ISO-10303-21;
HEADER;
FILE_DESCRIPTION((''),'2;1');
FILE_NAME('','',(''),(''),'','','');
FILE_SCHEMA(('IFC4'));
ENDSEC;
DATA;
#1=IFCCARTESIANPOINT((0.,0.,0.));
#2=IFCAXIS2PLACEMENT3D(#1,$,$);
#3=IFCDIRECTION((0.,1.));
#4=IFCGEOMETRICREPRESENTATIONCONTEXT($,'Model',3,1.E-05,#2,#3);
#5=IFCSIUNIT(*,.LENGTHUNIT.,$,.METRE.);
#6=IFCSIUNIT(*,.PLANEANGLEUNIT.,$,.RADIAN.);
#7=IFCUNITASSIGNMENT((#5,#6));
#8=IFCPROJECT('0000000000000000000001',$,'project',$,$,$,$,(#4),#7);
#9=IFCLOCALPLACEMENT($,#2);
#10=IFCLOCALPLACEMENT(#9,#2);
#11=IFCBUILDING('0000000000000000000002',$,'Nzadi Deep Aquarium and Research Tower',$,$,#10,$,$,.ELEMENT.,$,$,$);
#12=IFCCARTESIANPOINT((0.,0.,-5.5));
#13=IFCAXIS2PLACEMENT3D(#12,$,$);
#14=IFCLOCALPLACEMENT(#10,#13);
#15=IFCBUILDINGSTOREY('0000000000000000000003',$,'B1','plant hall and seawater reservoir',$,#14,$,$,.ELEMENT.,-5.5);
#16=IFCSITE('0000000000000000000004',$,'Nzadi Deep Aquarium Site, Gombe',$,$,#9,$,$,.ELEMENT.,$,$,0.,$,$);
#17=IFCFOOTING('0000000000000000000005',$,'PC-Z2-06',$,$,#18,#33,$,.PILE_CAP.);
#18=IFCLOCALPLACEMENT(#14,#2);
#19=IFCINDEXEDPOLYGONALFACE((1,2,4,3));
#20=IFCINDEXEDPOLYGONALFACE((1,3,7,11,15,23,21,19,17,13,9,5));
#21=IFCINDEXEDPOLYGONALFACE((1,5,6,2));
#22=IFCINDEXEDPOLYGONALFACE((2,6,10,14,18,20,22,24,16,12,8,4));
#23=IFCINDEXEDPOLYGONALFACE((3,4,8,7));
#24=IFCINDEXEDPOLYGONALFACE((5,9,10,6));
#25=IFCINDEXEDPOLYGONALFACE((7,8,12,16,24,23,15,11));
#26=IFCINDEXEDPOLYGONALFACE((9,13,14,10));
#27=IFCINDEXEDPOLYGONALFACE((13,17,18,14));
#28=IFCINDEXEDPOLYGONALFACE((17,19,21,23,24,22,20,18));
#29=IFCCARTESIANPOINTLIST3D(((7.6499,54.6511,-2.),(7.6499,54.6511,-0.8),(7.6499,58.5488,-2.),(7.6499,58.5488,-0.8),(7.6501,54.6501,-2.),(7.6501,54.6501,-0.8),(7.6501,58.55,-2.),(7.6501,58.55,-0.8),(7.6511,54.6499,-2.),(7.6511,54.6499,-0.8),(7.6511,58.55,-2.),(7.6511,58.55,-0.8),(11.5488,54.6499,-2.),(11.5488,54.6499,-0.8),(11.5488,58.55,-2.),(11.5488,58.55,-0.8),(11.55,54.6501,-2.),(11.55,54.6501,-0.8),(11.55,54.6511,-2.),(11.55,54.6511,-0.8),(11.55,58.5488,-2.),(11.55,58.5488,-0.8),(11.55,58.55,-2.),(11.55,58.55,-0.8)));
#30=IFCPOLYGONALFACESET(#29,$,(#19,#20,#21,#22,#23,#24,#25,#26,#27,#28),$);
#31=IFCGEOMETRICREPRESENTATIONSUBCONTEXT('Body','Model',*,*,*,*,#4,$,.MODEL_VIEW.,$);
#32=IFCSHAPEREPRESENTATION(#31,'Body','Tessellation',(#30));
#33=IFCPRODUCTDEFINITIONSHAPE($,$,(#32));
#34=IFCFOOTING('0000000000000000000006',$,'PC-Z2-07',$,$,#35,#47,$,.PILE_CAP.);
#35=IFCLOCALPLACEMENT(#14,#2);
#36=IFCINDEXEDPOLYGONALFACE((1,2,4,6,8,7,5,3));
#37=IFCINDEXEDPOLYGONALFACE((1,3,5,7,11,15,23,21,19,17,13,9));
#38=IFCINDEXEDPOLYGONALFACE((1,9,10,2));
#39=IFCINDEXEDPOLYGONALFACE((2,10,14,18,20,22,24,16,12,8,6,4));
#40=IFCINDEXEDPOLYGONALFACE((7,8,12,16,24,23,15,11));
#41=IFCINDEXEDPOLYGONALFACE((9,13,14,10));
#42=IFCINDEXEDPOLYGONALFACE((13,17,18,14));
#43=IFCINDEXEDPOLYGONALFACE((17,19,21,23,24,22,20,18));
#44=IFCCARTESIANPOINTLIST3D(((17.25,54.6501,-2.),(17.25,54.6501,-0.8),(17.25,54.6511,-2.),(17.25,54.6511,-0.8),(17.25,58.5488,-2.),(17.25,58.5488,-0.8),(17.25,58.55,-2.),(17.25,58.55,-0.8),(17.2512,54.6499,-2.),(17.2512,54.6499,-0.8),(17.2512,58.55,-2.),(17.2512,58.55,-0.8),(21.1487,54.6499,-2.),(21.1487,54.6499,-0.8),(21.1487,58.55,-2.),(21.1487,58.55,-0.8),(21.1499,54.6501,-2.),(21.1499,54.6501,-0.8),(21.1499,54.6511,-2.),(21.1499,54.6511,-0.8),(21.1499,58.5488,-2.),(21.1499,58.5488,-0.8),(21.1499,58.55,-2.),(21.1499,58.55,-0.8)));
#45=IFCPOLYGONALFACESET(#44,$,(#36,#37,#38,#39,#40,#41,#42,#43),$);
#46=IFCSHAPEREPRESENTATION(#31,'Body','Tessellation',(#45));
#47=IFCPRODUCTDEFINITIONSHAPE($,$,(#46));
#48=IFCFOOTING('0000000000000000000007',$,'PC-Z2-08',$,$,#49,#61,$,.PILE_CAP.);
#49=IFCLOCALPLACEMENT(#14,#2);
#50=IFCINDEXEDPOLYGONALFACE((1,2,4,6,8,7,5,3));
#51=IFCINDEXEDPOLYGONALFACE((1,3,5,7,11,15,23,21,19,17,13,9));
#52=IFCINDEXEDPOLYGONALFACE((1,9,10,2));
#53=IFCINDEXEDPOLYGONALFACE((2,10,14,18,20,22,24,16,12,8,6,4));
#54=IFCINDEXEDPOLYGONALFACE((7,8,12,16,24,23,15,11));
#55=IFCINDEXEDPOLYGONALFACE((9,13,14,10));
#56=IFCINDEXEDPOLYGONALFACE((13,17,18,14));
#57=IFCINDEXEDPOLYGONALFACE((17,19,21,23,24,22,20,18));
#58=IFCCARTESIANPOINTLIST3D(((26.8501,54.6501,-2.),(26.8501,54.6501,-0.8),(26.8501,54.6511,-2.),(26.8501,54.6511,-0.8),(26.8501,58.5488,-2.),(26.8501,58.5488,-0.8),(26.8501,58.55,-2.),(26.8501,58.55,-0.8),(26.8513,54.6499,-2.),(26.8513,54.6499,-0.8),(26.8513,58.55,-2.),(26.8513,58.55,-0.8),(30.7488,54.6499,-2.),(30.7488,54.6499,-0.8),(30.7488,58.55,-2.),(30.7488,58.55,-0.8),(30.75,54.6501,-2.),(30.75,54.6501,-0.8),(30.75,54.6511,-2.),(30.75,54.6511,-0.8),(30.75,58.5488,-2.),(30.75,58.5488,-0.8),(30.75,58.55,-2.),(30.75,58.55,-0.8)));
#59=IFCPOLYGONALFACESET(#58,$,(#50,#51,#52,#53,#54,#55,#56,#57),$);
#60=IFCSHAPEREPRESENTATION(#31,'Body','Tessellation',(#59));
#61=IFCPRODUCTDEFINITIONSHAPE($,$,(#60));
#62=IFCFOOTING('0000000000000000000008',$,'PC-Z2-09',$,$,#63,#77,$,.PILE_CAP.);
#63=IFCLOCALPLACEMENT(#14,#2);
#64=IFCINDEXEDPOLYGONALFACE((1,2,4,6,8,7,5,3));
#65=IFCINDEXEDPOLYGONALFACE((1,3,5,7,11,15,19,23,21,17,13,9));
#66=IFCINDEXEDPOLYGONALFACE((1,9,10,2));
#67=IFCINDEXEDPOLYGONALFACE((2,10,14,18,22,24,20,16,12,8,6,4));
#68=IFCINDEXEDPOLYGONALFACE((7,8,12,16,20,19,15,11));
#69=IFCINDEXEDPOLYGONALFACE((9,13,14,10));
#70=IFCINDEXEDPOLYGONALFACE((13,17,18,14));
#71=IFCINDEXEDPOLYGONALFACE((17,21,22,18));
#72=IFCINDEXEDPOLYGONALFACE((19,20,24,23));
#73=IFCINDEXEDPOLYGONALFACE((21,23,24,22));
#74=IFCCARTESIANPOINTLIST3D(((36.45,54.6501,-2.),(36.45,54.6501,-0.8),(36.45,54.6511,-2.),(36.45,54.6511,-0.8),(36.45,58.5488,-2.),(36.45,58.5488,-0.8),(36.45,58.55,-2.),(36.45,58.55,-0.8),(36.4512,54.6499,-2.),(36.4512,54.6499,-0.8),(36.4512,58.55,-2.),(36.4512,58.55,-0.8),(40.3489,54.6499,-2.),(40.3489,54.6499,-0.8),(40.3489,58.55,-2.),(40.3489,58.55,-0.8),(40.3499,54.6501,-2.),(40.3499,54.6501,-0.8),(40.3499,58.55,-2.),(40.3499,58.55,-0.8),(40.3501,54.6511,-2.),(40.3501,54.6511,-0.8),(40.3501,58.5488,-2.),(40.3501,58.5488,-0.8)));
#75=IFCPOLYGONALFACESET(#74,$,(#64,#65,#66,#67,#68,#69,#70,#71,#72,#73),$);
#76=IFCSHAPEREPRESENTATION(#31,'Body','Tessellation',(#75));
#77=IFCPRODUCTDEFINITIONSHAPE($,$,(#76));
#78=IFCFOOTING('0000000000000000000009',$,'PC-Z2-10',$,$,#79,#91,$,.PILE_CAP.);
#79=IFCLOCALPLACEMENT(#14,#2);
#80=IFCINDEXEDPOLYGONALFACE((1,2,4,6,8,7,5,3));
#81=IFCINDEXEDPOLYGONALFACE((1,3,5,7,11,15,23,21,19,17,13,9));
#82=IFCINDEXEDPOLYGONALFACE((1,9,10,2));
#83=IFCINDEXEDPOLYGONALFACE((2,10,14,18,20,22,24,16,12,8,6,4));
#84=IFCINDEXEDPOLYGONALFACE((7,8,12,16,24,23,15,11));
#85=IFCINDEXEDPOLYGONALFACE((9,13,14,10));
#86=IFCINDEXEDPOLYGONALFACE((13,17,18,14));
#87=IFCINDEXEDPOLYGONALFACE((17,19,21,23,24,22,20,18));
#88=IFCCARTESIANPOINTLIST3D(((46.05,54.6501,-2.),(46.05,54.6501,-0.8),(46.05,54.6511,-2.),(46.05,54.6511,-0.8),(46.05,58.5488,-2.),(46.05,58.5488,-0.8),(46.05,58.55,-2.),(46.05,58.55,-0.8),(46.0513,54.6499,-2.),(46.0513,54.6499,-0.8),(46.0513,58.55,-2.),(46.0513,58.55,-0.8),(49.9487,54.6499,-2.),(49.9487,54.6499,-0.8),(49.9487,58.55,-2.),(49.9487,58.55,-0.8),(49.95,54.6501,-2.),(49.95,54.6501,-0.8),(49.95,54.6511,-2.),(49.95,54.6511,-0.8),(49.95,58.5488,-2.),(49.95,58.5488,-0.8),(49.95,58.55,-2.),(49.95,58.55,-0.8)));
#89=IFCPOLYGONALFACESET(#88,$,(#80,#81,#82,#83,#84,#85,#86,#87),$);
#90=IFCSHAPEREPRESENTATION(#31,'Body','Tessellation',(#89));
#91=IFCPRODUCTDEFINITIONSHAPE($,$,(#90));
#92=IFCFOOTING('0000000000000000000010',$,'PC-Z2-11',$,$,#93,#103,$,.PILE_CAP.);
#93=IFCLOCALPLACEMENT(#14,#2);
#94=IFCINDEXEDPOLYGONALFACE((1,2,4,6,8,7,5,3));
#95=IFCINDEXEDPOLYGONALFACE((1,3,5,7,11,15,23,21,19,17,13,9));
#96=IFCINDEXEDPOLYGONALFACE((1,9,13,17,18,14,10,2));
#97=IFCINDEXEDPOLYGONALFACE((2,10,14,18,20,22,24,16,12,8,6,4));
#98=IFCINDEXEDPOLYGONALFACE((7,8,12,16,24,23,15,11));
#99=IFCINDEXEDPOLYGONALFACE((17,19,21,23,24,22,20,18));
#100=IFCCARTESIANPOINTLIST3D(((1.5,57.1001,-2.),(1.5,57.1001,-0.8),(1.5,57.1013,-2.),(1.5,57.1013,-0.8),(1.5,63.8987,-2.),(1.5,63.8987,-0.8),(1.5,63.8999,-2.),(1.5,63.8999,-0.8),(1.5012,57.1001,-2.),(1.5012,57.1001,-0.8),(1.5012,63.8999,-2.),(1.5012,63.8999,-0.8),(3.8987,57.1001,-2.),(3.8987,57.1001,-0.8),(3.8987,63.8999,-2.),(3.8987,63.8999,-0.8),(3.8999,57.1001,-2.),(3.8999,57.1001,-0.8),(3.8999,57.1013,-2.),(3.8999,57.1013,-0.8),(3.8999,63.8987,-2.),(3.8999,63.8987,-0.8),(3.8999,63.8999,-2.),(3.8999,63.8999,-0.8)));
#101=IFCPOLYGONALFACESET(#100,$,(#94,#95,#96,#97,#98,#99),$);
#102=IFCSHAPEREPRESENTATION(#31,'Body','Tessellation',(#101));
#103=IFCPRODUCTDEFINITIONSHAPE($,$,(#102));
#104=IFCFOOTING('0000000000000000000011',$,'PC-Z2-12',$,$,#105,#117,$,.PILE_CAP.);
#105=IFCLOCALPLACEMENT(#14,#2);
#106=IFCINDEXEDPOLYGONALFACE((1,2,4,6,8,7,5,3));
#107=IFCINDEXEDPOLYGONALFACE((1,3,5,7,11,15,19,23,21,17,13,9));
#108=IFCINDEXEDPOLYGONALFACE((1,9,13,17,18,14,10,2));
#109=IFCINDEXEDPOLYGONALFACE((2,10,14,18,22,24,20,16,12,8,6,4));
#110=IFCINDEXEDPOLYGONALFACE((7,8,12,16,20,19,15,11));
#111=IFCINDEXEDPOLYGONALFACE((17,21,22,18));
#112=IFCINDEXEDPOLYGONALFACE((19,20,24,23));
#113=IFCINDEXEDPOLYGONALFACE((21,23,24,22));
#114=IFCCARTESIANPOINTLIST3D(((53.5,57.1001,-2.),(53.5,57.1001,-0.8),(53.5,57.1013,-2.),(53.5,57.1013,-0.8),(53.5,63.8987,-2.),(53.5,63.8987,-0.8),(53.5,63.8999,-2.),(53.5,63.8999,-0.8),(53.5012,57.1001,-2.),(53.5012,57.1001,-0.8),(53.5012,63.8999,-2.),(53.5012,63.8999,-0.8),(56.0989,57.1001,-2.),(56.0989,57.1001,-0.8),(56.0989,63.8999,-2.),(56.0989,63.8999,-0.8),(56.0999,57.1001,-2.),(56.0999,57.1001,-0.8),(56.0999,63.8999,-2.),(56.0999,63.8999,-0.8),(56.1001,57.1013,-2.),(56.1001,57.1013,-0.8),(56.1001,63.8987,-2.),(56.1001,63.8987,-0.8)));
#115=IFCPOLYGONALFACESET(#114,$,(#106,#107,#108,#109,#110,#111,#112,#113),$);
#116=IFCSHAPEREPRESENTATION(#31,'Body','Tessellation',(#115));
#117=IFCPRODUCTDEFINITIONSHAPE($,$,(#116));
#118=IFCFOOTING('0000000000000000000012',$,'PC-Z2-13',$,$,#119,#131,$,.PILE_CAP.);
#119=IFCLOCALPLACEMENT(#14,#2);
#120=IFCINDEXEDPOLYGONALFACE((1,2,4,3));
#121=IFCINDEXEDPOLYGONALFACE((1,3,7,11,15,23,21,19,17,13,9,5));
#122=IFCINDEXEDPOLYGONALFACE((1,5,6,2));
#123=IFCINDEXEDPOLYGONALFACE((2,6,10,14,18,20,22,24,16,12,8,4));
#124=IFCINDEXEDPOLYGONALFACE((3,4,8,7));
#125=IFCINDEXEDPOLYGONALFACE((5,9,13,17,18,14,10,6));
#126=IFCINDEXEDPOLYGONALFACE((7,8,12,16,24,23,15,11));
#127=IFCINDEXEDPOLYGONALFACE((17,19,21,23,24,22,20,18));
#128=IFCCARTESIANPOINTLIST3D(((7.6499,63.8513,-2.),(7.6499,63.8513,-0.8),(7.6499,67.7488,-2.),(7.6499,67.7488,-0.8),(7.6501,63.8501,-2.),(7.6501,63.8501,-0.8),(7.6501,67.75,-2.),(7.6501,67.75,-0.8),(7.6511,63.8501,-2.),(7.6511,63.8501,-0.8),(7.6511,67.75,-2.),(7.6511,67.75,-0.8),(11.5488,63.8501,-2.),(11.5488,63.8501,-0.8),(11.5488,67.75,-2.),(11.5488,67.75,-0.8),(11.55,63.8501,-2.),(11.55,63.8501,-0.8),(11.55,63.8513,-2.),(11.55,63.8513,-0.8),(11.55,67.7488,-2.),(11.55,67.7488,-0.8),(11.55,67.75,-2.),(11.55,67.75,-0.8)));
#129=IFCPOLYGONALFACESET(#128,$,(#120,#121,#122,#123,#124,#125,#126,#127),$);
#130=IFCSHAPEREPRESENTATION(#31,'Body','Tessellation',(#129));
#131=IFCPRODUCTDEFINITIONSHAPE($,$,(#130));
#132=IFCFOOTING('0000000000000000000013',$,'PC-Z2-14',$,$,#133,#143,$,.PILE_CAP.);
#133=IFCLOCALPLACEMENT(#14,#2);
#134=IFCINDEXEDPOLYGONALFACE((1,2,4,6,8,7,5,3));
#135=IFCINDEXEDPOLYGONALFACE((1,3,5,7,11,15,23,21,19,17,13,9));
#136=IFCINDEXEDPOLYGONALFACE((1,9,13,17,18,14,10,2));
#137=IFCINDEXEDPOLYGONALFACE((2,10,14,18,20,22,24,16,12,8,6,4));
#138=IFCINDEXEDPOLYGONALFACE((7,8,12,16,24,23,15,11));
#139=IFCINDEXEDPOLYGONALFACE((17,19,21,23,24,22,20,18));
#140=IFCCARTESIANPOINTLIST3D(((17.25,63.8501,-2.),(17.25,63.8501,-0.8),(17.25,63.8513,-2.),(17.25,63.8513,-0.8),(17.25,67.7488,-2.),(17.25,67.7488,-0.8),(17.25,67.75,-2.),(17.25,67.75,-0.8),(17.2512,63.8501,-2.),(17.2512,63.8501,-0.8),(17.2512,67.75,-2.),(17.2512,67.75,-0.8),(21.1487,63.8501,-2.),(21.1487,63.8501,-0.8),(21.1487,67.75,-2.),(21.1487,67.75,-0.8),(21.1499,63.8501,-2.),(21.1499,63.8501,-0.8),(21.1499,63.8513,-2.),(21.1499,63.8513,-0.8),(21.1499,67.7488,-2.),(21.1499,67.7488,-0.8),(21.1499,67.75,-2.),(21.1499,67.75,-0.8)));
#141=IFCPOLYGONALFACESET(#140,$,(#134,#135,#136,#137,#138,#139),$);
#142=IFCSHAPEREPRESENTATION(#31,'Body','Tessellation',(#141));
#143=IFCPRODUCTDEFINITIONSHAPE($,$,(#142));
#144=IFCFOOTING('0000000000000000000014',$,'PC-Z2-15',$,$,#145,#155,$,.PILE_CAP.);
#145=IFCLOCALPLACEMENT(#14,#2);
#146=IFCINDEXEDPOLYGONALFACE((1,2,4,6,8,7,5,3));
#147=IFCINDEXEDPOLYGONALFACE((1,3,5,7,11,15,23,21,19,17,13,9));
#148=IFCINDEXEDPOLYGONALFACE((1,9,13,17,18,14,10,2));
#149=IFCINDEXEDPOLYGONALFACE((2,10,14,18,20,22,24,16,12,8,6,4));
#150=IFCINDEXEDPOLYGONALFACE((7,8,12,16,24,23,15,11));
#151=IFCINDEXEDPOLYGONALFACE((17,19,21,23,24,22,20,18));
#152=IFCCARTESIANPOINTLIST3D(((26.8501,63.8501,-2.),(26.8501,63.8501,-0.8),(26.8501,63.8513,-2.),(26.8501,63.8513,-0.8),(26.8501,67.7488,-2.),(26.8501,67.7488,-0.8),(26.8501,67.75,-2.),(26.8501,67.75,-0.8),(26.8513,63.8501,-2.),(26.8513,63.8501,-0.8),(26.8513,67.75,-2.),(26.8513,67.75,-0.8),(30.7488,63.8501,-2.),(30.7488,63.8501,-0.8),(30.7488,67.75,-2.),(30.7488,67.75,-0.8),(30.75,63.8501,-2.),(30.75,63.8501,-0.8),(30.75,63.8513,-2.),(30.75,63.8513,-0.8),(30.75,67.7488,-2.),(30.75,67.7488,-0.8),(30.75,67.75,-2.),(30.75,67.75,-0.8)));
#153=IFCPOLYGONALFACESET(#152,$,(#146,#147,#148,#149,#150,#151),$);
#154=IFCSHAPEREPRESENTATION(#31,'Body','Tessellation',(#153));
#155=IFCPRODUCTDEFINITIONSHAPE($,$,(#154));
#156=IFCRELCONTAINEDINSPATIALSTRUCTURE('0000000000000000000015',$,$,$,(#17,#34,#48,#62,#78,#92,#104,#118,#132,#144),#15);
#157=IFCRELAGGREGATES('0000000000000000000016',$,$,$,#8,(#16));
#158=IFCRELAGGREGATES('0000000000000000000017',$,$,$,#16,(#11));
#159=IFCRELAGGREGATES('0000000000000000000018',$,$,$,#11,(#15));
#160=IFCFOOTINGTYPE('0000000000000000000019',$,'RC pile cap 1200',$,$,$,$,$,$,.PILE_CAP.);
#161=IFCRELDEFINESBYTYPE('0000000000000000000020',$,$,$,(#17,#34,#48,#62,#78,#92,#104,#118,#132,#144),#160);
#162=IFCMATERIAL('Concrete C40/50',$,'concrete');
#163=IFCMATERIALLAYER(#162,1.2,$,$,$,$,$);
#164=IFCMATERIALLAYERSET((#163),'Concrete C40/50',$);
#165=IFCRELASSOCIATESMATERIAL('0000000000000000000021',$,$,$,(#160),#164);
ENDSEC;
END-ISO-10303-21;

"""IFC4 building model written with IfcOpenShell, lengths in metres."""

from ifc_helpers import new_model, si_unit, direction, frame, origin, place, context, subcontext, project, spatial, polyline, outline, extrude, material, layer, layer_set, type_object, element, save


model = new_model("IFC4")

# Units and contexts
model_context = context("Model", 3, precision=1e-05, world=origin(), true_north=direction((0.0, 1.0)))
body_context = subcontext(model_context, "Body", "Model", "MODEL_VIEW")
ifc_project = project(units=[si_unit("LENGTHUNIT", "METRE"), si_unit("PLANEANGLEUNIT", "RADIAN")], contexts=[model_context])

# Site, building, storey
site_placement = place(None, origin())
site = spatial("IfcSite", under=ifc_project, at=site_placement, Name="Nzadi Deep Aquarium Site, Gombe", CompositionType="ELEMENT", RefElevation=0.0)
building_placement = place(site_placement, origin())
building = spatial("IfcBuilding", under=site, at=building_placement, Name="Nzadi Deep Aquarium and Research Tower", CompositionType="ELEMENT")
storey_placement = place(building_placement, frame((0.0, 0.0, -5.5)))
storey = spatial("IfcBuildingStorey", under=building, at=storey_placement, Name="B1", Description="plant hall and seawater reservoir", CompositionType="ELEMENT", Elevation=-5.5)

# Footings
ifc_material_1 = material(Name="Concrete C40/50", Category="concrete")
ifc_layer_1 = layer(ifc_material_1, 1.2)
ifc_layer_set_1 = layer_set([ifc_layer_1], Name="Concrete C40/50")
footing_type_1 = type_object("IfcFootingType", Name="RC pile cap 1200", PredefinedType="PILE_CAP", material=ifc_layer_set_1)
footing_1_placement = place(storey_placement, frame((0.0, 0.0, -2.0)))
element("IfcFooting", 1, at=footing_1_placement, inside=storey, type_object=footing_type_1, Name="PC-Z2-06", PredefinedType="PILE_CAP", context=body_context, shape_type="SweptSolid", body=[
    extrude(outline(polyline([(7.6499, 54.6511), (7.6501, 54.6501), (7.6511, 54.6499), (11.5488, 54.6499), (11.55, 54.6501), (11.55, 54.6511), (11.55, 58.5488), (11.55, 58.55), (11.5488, 58.55), (7.6511, 58.55), (7.6501, 58.55), (7.6499, 58.5488), (7.6499, 54.6511)])), origin(), (0.0, 0.0, 1.0), 1.2),
])
footing_2_placement = place(storey_placement, frame((0.0, 0.0, -2.0)))
element("IfcFooting", 2, at=footing_2_placement, inside=storey, type_object=footing_type_1, Name="PC-Z2-07", PredefinedType="PILE_CAP", context=body_context, shape_type="SweptSolid", body=[
    extrude(outline(polyline([(17.25, 54.6511), (17.25, 54.6501), (17.2512, 54.6499), (21.1487, 54.6499), (21.1499, 54.6501), (21.1499, 54.6511), (21.1499, 58.5488), (21.1499, 58.55), (21.1487, 58.55), (17.2512, 58.55), (17.25, 58.55), (17.25, 58.5488), (17.25, 54.6511)])), origin(), (0.0, 0.0, 1.0), 1.2),
])
footing_3_placement = place(storey_placement, frame((0.0, 0.0, -2.0)))
element("IfcFooting", 3, at=footing_3_placement, inside=storey, type_object=footing_type_1, Name="PC-Z2-08", PredefinedType="PILE_CAP", context=body_context, shape_type="SweptSolid", body=[
    extrude(outline(polyline([(26.8501, 54.6511), (26.8501, 54.6501), (26.8513, 54.6499), (30.7488, 54.6499), (30.75, 54.6501), (30.75, 54.6511), (30.75, 58.5488), (30.75, 58.55), (30.7488, 58.55), (26.8513, 58.55), (26.8501, 58.55), (26.8501, 58.5488), (26.8501, 54.6511)])), origin(), (0.0, 0.0, 1.0), 1.2),
])
footing_4_placement = place(storey_placement, frame((0.0, 0.0, -2.0)))
element("IfcFooting", 4, at=footing_4_placement, inside=storey, type_object=footing_type_1, Name="PC-Z2-09", PredefinedType="PILE_CAP", context=body_context, shape_type="SweptSolid", body=[
    extrude(outline(polyline([(36.45, 54.6511), (36.45, 54.6501), (36.4512, 54.6499), (40.3489, 54.6499), (40.3499, 54.6501), (40.3501, 54.6511), (40.3501, 58.5488), (40.3499, 58.55), (40.3489, 58.55), (36.4512, 58.55), (36.45, 58.55), (36.45, 58.5488), (36.45, 54.6511)])), origin(), (0.0, 0.0, 1.0), 1.2),
])
footing_5_placement = place(storey_placement, frame((0.0, 0.0, -2.0)))
element("IfcFooting", 5, at=footing_5_placement, inside=storey, type_object=footing_type_1, Name="PC-Z2-10", PredefinedType="PILE_CAP", context=body_context, shape_type="SweptSolid", body=[
    extrude(outline(polyline([(46.05, 54.6511), (46.05, 54.6501), (46.0513, 54.6499), (49.9487, 54.6499), (49.95, 54.6501), (49.95, 54.6511), (49.95, 58.5488), (49.95, 58.55), (49.9487, 58.55), (46.0513, 58.55), (46.05, 58.55), (46.05, 58.5488), (46.05, 54.6511)])), origin(), (0.0, 0.0, 1.0), 1.2),
])
footing_6_placement = place(storey_placement, frame((0.0, 0.0, -2.0)))
element("IfcFooting", 6, at=footing_6_placement, inside=storey, type_object=footing_type_1, Name="PC-Z2-11", PredefinedType="PILE_CAP", context=body_context, shape_type="SweptSolid", body=[
    extrude(outline(polyline([(1.5, 57.1013), (1.5, 57.1001), (1.5012, 57.1001), (3.8987, 57.1001), (3.8999, 57.1001), (3.8999, 57.1013), (3.8999, 63.8987), (3.8999, 63.8999), (3.8987, 63.8999), (1.5012, 63.8999), (1.5, 63.8999), (1.5, 63.8987), (1.5, 57.1013)])), origin(), (0.0, 0.0, 1.0), 1.2),
])
footing_7_placement = place(storey_placement, frame((0.0, 0.0, -2.0)))
element("IfcFooting", 7, at=footing_7_placement, inside=storey, type_object=footing_type_1, Name="PC-Z2-12", PredefinedType="PILE_CAP", context=body_context, shape_type="SweptSolid", body=[
    extrude(outline(polyline([(53.5, 57.1013), (53.5, 57.1001), (53.5012, 57.1001), (56.0989, 57.1001), (56.0999, 57.1001), (56.1001, 57.1013), (56.1001, 63.8987), (56.0999, 63.8999), (56.0989, 63.8999), (53.5012, 63.8999), (53.5, 63.8999), (53.5, 63.8987), (53.5, 57.1013)])), origin(), (0.0, 0.0, 1.0), 1.2),
])
footing_8_placement = place(storey_placement, frame((0.0, 0.0, -2.0)))
element("IfcFooting", 8, at=footing_8_placement, inside=storey, type_object=footing_type_1, Name="PC-Z2-13", PredefinedType="PILE_CAP", context=body_context, shape_type="SweptSolid", body=[
    extrude(outline(polyline([(7.6499, 63.8513), (7.6501, 63.8501), (7.6511, 63.8501), (11.5488, 63.8501), (11.55, 63.8501), (11.55, 63.8513), (11.55, 67.7488), (11.55, 67.75), (11.5488, 67.75), (7.6511, 67.75), (7.6501, 67.75), (7.6499, 67.7488), (7.6499, 63.8513)])), origin(), (0.0, 0.0, 1.0), 1.2),
])
footing_9_placement = place(storey_placement, frame((0.0, 0.0, -2.0)))
element("IfcFooting", 9, at=footing_9_placement, inside=storey, type_object=footing_type_1, Name="PC-Z2-14", PredefinedType="PILE_CAP", context=body_context, shape_type="SweptSolid", body=[
    extrude(outline(polyline([(17.25, 63.8513), (17.25, 63.8501), (17.2512, 63.8501), (21.1487, 63.8501), (21.1499, 63.8501), (21.1499, 63.8513), (21.1499, 67.7488), (21.1499, 67.75), (21.1487, 67.75), (17.2512, 67.75), (17.25, 67.75), (17.25, 67.7488), (17.25, 63.8513)])), origin(), (0.0, 0.0, 1.0), 1.2),
])
footing_10_placement = place(storey_placement, frame((0.0, 0.0, -2.0)))
element("IfcFooting", 10, at=footing_10_placement, inside=storey, type_object=footing_type_1, Name="PC-Z2-15", PredefinedType="PILE_CAP", context=body_context, shape_type="SweptSolid", body=[
    extrude(outline(polyline([(26.8501, 63.8513), (26.8501, 63.8501), (26.8513, 63.8501), (30.7488, 63.8501), (30.75, 63.8501), (30.75, 63.8513), (30.75, 67.7488), (30.75, 67.75), (30.7488, 67.75), (26.8513, 67.75), (26.8501, 67.75), (26.8501, 67.7488), (26.8501, 63.8513)])), origin(), (0.0, 0.0, 1.0), 1.2),
])

save(model, "model.ifc")
